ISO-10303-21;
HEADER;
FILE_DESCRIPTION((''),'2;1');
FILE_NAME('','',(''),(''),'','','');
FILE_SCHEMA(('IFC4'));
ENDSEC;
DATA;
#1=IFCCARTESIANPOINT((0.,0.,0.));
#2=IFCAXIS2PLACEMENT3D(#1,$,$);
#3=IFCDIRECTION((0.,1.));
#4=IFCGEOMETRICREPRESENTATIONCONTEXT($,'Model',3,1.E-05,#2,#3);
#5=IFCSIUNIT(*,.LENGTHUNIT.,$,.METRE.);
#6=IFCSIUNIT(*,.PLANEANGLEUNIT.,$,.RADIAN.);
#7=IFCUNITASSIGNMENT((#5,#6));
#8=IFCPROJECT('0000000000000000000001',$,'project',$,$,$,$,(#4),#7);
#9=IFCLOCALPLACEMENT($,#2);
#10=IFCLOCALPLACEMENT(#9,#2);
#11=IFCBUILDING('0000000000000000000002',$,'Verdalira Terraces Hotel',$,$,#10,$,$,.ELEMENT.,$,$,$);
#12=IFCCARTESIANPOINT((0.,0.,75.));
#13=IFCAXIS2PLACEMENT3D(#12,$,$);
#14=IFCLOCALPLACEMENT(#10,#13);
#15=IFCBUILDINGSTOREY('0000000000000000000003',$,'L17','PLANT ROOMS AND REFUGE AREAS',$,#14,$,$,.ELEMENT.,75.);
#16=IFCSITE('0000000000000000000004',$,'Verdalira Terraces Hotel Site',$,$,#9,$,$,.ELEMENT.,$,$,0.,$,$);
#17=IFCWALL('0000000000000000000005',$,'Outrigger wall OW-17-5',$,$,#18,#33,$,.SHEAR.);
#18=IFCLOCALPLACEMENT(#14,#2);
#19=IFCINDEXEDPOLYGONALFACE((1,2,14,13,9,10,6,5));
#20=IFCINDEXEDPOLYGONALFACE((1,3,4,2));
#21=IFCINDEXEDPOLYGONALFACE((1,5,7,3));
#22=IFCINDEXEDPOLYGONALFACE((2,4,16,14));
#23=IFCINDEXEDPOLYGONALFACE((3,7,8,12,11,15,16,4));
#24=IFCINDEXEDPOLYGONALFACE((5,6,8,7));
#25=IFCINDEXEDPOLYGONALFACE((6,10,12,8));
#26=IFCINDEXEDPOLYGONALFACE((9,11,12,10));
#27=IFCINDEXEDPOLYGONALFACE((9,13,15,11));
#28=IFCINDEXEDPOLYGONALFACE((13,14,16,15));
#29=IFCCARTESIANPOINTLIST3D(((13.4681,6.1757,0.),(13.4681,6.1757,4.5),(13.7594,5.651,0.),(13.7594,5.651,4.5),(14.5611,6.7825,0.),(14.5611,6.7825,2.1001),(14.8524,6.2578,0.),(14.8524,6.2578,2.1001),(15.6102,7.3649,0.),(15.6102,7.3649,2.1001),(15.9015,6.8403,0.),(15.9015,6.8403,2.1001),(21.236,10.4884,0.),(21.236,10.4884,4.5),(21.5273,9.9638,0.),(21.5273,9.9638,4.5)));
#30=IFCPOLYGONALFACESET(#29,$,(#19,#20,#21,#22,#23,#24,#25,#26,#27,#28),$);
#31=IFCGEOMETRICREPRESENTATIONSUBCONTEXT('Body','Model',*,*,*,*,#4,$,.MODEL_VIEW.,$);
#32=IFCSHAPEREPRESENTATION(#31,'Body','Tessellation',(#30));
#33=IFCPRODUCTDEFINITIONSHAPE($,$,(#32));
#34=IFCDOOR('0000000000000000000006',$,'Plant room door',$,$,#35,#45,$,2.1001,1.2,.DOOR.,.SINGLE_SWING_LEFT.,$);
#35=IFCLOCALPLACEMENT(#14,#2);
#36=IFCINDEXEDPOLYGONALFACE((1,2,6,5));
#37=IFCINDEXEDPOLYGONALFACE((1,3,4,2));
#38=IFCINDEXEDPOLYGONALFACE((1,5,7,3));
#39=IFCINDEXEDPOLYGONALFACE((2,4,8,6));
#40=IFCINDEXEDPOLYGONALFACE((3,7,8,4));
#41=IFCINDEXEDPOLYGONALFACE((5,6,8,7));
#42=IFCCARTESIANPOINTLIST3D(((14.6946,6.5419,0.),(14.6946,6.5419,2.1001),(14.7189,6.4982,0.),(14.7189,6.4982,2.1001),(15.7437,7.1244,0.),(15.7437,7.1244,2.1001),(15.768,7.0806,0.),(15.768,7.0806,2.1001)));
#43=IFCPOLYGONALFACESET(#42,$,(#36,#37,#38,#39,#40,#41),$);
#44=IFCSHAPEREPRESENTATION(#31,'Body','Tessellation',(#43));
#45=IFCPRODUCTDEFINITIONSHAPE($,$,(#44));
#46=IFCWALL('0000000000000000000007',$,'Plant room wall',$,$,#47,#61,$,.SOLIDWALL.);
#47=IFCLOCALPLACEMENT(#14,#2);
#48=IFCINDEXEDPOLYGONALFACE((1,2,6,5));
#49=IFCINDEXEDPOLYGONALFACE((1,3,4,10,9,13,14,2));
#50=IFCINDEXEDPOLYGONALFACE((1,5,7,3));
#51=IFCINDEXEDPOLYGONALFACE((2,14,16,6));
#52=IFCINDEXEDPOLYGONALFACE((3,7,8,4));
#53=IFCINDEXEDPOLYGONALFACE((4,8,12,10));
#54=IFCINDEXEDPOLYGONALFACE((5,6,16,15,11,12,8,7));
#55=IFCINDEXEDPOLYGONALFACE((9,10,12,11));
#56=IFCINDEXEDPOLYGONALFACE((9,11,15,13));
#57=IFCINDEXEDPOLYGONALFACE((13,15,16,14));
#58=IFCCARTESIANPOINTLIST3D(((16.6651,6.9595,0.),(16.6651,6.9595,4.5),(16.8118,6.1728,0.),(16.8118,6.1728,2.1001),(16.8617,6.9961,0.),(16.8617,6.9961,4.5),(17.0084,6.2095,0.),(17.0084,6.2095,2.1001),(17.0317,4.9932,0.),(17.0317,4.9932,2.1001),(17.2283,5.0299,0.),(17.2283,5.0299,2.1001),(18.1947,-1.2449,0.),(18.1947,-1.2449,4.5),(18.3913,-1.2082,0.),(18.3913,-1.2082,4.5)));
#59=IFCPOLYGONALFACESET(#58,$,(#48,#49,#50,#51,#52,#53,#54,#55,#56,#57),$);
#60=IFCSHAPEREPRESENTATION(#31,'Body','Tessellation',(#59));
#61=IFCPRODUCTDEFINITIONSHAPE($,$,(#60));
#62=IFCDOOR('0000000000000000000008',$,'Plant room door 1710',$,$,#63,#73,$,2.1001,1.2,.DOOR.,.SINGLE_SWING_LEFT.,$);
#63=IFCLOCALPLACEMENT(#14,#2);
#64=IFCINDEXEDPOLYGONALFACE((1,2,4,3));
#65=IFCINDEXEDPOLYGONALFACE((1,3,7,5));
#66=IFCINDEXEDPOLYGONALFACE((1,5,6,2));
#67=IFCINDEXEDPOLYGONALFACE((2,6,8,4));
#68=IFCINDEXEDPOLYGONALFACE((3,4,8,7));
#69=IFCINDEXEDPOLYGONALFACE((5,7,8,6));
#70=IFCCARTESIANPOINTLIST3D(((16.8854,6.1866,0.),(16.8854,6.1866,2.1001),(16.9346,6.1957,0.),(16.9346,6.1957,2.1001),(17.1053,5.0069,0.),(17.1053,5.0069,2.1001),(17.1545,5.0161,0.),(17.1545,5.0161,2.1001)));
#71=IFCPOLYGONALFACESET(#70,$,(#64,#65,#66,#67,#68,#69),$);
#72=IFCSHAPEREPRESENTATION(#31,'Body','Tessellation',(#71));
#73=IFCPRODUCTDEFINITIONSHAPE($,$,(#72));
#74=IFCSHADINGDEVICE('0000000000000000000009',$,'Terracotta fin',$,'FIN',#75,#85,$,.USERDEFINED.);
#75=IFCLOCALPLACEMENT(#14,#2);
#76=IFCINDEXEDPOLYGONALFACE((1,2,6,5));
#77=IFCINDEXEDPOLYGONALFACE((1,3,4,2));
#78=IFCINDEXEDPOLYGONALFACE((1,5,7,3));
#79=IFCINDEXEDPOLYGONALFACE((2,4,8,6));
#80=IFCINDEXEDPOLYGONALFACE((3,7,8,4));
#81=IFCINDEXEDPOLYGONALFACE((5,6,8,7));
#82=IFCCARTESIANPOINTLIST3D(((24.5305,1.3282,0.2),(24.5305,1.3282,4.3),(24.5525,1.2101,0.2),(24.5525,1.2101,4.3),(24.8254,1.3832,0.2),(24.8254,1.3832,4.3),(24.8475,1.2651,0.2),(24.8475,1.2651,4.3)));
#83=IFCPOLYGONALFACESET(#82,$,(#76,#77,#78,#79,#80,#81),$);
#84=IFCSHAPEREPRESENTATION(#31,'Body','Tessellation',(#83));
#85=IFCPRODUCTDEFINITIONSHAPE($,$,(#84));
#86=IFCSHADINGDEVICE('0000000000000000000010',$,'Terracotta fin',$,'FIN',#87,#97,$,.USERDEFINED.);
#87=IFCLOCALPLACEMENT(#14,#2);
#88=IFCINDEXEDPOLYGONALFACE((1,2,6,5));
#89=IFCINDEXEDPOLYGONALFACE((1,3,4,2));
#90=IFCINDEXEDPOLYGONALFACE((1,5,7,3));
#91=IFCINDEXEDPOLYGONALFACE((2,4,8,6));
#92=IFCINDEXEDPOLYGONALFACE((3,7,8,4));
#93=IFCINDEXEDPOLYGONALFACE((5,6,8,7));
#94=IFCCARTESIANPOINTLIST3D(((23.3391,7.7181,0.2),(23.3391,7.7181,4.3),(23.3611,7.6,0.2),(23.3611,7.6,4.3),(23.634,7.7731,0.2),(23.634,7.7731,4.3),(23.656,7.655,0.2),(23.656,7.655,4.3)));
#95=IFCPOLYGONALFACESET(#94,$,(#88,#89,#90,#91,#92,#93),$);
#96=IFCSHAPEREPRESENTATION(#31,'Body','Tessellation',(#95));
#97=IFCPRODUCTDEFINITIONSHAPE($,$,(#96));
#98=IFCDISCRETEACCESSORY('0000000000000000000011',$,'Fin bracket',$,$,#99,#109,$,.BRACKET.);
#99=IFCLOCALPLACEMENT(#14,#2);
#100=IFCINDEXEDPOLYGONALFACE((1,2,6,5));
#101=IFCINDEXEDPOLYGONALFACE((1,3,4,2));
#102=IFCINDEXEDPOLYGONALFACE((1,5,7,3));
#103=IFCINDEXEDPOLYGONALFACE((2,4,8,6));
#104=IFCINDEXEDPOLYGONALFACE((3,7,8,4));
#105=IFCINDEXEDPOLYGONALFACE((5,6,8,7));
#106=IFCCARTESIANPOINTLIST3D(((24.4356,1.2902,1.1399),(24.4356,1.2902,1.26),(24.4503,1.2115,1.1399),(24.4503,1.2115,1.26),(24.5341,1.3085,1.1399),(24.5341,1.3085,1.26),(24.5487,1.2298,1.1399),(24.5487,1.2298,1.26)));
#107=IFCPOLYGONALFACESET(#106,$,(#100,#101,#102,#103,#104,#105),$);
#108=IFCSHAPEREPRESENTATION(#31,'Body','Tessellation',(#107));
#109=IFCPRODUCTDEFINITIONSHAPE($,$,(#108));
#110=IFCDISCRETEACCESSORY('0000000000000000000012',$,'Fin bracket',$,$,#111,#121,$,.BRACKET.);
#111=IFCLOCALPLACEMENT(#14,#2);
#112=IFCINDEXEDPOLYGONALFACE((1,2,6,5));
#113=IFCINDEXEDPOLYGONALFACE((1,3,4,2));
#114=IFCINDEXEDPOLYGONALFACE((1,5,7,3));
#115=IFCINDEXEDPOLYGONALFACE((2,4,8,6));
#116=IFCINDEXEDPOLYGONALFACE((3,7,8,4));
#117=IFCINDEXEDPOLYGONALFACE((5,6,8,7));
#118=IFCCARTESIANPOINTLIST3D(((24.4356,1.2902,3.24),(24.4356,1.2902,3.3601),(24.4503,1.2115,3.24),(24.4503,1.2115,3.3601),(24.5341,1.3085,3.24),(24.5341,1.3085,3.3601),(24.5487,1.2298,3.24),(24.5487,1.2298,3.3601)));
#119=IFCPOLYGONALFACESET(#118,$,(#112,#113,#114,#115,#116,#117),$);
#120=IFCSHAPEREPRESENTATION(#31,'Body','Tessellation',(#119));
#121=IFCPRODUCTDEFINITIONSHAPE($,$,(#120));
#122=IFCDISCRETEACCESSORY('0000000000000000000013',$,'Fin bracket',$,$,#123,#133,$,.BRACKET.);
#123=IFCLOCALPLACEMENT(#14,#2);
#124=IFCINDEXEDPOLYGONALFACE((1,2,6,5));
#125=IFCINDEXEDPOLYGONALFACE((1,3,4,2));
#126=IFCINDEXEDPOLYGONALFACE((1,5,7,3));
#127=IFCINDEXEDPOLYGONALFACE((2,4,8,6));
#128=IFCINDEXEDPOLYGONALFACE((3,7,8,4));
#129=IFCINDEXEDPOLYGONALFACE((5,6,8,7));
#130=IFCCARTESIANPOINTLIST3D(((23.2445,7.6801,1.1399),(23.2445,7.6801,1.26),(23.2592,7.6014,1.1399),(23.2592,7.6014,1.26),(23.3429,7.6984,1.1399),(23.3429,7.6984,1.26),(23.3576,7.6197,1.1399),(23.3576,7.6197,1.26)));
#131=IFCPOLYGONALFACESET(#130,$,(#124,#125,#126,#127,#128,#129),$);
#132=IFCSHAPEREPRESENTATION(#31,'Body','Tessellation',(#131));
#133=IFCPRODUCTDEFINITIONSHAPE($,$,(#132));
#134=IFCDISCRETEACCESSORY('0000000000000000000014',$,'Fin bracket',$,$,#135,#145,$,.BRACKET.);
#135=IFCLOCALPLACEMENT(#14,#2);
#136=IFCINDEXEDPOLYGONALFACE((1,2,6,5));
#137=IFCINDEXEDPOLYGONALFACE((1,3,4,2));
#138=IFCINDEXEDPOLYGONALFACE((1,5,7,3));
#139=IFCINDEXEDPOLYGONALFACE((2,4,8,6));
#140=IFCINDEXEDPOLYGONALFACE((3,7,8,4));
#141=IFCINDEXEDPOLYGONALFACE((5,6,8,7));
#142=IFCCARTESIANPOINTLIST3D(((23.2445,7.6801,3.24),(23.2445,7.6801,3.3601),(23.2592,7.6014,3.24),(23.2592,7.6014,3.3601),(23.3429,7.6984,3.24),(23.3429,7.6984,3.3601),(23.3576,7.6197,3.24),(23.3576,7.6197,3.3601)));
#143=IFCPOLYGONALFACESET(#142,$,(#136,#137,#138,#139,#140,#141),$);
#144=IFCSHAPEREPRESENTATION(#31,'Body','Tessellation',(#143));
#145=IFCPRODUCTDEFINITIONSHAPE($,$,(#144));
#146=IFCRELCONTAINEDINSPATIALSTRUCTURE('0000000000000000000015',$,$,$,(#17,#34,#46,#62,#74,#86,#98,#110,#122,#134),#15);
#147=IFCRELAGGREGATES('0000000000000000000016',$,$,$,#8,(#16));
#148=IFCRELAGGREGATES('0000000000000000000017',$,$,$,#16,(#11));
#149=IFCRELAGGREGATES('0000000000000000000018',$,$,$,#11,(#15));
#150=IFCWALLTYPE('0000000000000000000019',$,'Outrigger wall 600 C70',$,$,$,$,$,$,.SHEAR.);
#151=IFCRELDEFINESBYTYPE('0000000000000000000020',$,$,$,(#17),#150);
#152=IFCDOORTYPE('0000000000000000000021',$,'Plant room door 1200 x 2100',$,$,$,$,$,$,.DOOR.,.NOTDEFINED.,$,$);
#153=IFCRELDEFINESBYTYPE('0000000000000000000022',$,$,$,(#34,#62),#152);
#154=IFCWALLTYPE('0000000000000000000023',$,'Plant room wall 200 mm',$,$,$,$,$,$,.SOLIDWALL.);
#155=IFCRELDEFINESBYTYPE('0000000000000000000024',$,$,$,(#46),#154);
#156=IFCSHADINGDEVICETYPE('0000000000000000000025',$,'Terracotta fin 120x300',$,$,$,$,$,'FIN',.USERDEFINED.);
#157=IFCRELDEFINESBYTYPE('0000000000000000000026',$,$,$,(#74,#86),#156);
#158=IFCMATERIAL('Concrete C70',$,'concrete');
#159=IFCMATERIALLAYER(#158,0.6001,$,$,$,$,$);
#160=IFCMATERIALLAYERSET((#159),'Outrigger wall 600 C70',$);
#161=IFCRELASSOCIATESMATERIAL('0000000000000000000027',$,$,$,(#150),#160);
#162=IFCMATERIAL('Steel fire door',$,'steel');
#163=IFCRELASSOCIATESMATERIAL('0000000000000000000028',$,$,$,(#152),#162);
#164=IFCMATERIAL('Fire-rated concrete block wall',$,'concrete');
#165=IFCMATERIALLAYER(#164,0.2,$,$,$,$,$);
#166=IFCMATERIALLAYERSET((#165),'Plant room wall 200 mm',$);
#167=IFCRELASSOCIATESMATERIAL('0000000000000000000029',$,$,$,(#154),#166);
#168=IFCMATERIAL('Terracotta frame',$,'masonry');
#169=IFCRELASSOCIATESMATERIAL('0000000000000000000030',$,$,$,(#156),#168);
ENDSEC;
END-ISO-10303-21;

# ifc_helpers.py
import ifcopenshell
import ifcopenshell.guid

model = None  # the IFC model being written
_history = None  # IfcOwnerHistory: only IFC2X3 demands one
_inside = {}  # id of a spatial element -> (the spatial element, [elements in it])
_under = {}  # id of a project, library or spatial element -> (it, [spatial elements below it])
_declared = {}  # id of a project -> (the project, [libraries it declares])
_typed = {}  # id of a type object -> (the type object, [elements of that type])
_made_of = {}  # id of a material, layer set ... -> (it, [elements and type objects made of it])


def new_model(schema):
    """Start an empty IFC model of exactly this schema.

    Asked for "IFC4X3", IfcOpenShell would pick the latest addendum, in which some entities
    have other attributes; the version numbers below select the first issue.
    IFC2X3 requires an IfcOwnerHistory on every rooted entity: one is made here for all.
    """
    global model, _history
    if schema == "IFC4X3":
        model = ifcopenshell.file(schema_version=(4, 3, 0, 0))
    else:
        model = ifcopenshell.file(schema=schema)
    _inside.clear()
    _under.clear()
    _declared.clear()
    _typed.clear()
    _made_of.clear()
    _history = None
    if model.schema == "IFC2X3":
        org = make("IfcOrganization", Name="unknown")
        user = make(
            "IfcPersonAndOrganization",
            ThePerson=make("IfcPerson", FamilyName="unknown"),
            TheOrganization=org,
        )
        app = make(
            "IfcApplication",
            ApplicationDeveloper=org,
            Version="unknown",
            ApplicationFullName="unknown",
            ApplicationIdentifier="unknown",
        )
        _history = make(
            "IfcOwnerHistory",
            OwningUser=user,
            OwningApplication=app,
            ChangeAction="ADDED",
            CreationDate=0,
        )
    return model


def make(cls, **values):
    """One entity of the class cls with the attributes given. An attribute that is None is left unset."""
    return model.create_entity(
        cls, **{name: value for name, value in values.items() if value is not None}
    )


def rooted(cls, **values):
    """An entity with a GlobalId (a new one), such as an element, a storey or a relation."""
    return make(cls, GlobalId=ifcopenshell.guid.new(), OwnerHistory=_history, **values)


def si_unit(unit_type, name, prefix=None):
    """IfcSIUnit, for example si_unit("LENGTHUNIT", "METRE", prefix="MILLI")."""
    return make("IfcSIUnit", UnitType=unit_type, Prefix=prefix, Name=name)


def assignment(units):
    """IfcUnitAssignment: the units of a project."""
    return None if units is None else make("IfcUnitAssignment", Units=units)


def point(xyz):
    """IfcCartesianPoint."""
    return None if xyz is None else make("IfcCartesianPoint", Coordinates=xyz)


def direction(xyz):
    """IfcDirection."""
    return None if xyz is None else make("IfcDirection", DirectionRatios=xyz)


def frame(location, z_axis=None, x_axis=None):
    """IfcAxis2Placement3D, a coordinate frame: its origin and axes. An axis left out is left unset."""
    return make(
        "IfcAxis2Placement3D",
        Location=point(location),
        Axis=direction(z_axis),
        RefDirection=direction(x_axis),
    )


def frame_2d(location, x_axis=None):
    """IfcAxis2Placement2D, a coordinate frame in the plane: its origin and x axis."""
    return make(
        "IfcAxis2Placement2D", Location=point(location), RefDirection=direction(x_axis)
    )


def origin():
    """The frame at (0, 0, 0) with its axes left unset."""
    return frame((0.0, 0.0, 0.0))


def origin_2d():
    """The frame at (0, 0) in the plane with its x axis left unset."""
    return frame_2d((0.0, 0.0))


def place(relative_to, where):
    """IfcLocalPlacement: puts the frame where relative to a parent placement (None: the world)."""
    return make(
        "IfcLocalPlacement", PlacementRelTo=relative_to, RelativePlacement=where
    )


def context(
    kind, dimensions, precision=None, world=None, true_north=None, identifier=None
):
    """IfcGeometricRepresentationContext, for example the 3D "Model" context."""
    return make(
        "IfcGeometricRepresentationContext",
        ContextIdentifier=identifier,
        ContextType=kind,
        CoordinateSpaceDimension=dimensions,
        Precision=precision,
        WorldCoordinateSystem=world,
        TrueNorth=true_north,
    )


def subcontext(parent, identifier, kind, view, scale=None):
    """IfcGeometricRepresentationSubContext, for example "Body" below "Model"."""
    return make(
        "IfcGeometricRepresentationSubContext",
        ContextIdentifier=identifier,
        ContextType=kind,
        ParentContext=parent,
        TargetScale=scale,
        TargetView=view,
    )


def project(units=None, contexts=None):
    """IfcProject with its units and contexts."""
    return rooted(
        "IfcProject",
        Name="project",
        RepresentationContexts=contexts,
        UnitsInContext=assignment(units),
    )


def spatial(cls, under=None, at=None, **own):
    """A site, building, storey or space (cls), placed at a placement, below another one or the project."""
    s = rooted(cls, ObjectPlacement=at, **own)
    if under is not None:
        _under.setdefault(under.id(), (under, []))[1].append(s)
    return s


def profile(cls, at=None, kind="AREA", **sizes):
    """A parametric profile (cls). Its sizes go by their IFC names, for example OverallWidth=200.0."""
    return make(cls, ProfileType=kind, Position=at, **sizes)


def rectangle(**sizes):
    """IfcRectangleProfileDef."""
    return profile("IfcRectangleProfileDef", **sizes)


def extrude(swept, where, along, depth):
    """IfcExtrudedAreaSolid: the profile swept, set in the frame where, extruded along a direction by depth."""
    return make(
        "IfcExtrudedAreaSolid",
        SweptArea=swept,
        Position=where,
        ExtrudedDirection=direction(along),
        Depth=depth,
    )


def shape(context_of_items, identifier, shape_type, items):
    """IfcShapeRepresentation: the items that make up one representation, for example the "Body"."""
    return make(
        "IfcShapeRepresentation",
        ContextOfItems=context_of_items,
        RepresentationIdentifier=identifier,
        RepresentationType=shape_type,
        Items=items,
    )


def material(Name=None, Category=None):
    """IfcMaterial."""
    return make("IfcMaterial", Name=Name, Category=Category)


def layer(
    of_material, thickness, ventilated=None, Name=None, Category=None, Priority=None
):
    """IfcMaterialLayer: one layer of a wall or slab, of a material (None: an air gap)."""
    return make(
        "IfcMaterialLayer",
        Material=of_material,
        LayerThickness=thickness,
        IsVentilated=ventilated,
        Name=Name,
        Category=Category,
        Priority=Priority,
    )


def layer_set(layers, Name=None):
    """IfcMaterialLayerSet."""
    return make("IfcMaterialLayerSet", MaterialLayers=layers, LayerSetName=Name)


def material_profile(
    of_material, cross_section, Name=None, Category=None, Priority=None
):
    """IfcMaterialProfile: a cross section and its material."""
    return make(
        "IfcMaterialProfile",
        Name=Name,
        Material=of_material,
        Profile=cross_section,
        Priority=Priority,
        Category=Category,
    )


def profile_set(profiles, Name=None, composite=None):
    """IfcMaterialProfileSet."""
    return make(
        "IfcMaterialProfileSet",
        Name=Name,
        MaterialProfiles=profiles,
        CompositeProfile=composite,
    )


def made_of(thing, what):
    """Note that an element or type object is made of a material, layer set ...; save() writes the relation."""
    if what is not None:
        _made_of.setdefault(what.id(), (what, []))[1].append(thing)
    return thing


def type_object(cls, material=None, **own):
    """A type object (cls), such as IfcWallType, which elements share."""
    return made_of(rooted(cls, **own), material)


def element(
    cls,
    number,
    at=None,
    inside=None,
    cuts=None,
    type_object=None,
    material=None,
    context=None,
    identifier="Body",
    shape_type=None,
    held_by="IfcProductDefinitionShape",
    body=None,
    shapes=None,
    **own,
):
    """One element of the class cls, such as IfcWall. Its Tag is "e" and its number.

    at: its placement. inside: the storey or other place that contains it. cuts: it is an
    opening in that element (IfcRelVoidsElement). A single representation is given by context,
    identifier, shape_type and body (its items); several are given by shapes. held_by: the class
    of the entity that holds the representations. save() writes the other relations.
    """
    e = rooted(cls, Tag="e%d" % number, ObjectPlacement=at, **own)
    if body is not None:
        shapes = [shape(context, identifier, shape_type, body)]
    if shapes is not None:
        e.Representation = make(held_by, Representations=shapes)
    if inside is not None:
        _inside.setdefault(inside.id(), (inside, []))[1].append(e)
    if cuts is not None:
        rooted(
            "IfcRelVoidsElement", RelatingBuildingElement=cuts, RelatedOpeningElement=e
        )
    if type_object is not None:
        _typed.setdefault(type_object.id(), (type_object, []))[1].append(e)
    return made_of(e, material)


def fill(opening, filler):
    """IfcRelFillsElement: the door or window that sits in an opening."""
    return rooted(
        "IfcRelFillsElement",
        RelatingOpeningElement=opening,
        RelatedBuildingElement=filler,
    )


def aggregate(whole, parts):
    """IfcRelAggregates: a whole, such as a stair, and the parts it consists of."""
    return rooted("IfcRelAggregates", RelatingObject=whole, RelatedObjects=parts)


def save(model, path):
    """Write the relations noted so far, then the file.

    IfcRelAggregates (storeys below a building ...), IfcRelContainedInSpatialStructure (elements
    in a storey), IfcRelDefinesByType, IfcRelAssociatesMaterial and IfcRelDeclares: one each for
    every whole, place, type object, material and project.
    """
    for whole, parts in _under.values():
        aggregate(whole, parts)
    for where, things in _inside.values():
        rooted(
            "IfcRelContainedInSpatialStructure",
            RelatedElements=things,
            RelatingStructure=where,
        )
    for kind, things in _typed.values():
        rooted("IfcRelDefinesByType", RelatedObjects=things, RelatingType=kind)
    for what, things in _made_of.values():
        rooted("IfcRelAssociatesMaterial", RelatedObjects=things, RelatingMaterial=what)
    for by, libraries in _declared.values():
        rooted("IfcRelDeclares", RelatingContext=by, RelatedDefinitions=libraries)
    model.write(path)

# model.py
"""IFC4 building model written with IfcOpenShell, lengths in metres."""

from ifc_helpers import new_model, si_unit, direction, frame, frame_2d, origin, origin_2d, place, context, subcontext, project, spatial, rectangle, extrude, material, layer, layer_set, material_profile, profile_set, type_object, element, fill, save


model = new_model("IFC4")

# Units and contexts
model_context = context("Model", 3, precision=1e-05, world=origin(), true_north=direction((0.0, 1.0)))
body_context = subcontext(model_context, "Body", "Model", "MODEL_VIEW")
ifc_project = project(units=[si_unit("LENGTHUNIT", "METRE"), si_unit("PLANEANGLEUNIT", "RADIAN")], contexts=[model_context])

# Site, building, storey
site_placement = place(None, origin())
site = spatial("IfcSite", under=ifc_project, at=site_placement, Name="Verdalira Terraces Hotel Site", CompositionType="ELEMENT", RefElevation=0.0)
building_placement = place(site_placement, origin())
building = spatial("IfcBuilding", under=site, at=building_placement, Name="Verdalira Terraces Hotel", CompositionType="ELEMENT")
storey_placement = place(building_placement, frame((0.0, 0.0, 75.0)))
storey = spatial("IfcBuildingStorey", under=building, at=storey_placement, Name="L17", Description="PLANT ROOMS AND REFUGE AREAS", CompositionType="ELEMENT", Elevation=75.0)

# Walls, openings, doors
ifc_material_1 = material(Name="Concrete C70", Category="concrete")
ifc_layer_1 = layer(ifc_material_1, 0.6001)
ifc_layer_set_1 = layer_set([ifc_layer_1], Name="Outrigger wall 600 C70")
wall_type_1 = type_object("IfcWallType", Name="Outrigger wall 600 C70", PredefinedType="SHEAR", material=ifc_layer_set_1)
wall_1_placement = place(storey_placement, frame((13.6138, 5.9133, 0.0), z_axis=(0.0, 0.0, 1.0), x_axis=(0.874287, 0.48541, 0.0)))
wall_1 = element("IfcWall", 1, at=wall_1_placement, inside=storey, type_object=wall_type_1, Name="Outrigger wall OW-17-5", PredefinedType="SHEAR", context=body_context, shape_type="SweptSolid", body=[
    extrude(rectangle(XDim=8.8848, YDim=0.6001, at=frame_2d((4.4424, 0.0))), origin(), (0.0, 0.0, 1.0), 4.5),
])
opening_1_placement = place(wall_1_placement, frame((1.25, 0.0, 0.0)))
opening_1 = element("IfcOpeningElement", 2, at=opening_1_placement, cuts=wall_1, PredefinedType="OPENING", context=body_context, shape_type="SweptSolid", body=[
    extrude(rectangle(XDim=1.2, YDim=2.1001, at=frame_2d((0.6001, 1.05))), frame((0.0, 0.3101, 0.0), z_axis=(0.0, -1.0, 0.0), x_axis=(1.0, 0.0, 0.0)), (0.0, 0.0, 1.0), 0.6201),
])
ifc_material_2 = material(Name="Steel fire door", Category="steel")
door_type_1 = type_object("IfcDoorType", Name="Plant room door 1200 x 2100", OperationType="NOTDEFINED", PredefinedType="DOOR", material=ifc_material_2)
door_1_placement = place(opening_1_placement, origin())
door_1 = element("IfcDoor", 3, at=door_1_placement, inside=storey, type_object=door_type_1, Name="Plant room door", OperationType="SINGLE_SWING_LEFT", OverallHeight=2.1001, OverallWidth=1.2, PredefinedType="DOOR", context=body_context, shape_type="SweptSolid", body=[
    extrude(rectangle(XDim=1.2, YDim=2.1001, at=frame_2d((0.6001, 1.05))), frame((0.0, 0.0249, 0.0), z_axis=(0.0, -1.0, 0.0), x_axis=(1.0, 0.0, 0.0)), (0.0, 0.0, 1.0), 0.05),
])
fill(opening_1, door_1)
ifc_material_3 = material(Name="Fire-rated concrete block wall", Category="concrete")
ifc_layer_2 = layer(ifc_material_3, 0.2)
ifc_layer_set_2 = layer_set([ifc_layer_2], Name="Plant room wall 200 mm")
wall_type_2 = type_object("IfcWallType", Name="Plant room wall 200 mm", PredefinedType="SOLIDWALL", material=ifc_layer_set_2)
wall_2_placement = place(storey_placement, frame((16.7634, 6.9778, 0.0), z_axis=(0.0, 0.0, 1.0), x_axis=(0.183273, -0.983062, 0.0)))
wall_2 = element("IfcWall", 4, at=wall_2_placement, inside=storey, type_object=wall_type_2, Name="Plant room wall", PredefinedType="SOLIDWALL", context=body_context, shape_type="SweptSolid", body=[
    extrude(rectangle(XDim=8.3457, YDim=0.2, at=frame_2d((4.1729, 0.0))), origin(), (0.0, 0.0, 1.0), 4.5),
])
opening_2_placement = place(wall_2_placement, frame((0.8, 0.0, 0.0)))
opening_2 = element("IfcOpeningElement", 5, at=opening_2_placement, cuts=wall_2, PredefinedType="OPENING", context=body_context, shape_type="SweptSolid", body=[
    extrude(rectangle(XDim=1.2, YDim=2.1001, at=frame_2d((0.6001, 1.05))), frame((0.0, 0.1099, 0.0), z_axis=(0.0, -1.0, 0.0), x_axis=(1.0, 0.0, 0.0)), (0.0, 0.0, 1.0), 0.22),
])
door_2_placement = place(opening_2_placement, origin())
door_2 = element("IfcDoor", 6, at=door_2_placement, inside=storey, type_object=door_type_1, Name="Plant room door 1710", OperationType="SINGLE_SWING_LEFT", OverallHeight=2.1001, OverallWidth=1.2, PredefinedType="DOOR", context=body_context, shape_type="SweptSolid", body=[
    extrude(rectangle(XDim=1.2, YDim=2.1001, at=frame_2d((0.6001, 1.05))), frame((0.0, 0.0249, 0.0), z_axis=(0.0, -1.0, 0.0), x_axis=(1.0, 0.0, 0.0)), (0.0, 0.0, 1.0), 0.05),
])
fill(opening_2, door_2)

# Shading devices
ifc_material_4 = material(Name="Terracotta frame", Category="masonry")
ifc_material_profile_1 = material_profile(ifc_material_4, rectangle(XDim=0.1201, YDim=0.3, at=origin_2d()), Name="FIN 120x300")
ifc_profile_set_1 = profile_set([ifc_material_profile_1], Name="Terracotta frame")
shading_device_type = type_object("IfcShadingDeviceType", Name="Terracotta fin 120x300", ElementType="FIN", PredefinedType="USERDEFINED", material=ifc_profile_set_1)
for number, where, z_axis, x_axis, name in (
    (7, (24.689, 1.2966, 0.2), (0.0, 0.0, 1.0), (-0.183265, 0.983064, 0.0), "Terracotta fin"),
    (8, (23.4976, 7.6865, 0.2), (0.0, 0.0, 1.0), (-0.183265, 0.983064, 0.0), "Terracotta fin"),
):
    element("IfcShadingDevice", number, at=place(storey_placement, frame(where, z_axis=z_axis, x_axis=x_axis)), inside=storey, type_object=shading_device_type, Name=name, ObjectType="FIN", PredefinedType="USERDEFINED", context=body_context, shape_type="SweptSolid", body=[
        extrude(rectangle(XDim=0.1201, YDim=0.3, at=origin_2d()), origin(), (0.0, 0.0, 1.0), 4.1001),
    ])

# Discrete accessories
for number, where, z_axis, x_axis, name in (
    (9, (24.4922, 1.26, 1.1399), (0.0, 0.0, 1.0), (-0.183265, 0.983064, 0.0), "Fin bracket"),
    (10, (24.4922, 1.26, 3.24), (0.0, 0.0, 1.0), (-0.183265, 0.983064, 0.0), "Fin bracket"),
    (11, (23.301, 7.6499, 1.1399), (0.0, 0.0, 1.0), (-0.183265, 0.983064, 0.0), "Fin bracket"),
    (12, (23.301, 7.6499, 3.24), (0.0, 0.0, 1.0), (-0.183265, 0.983064, 0.0), "Fin bracket"),
):
    element("IfcDiscreteAccessory", number, at=place(storey_placement, frame(where, z_axis=z_axis, x_axis=x_axis)), inside=storey, Name=name, PredefinedType="BRACKET", context=body_context, shape_type="SweptSolid", body=[
        extrude(rectangle(XDim=0.0801, YDim=0.1001, at=origin_2d()), origin(), (0.0, 0.0, 1.0), 0.1201),
    ])

save(model, "model.ifc")
